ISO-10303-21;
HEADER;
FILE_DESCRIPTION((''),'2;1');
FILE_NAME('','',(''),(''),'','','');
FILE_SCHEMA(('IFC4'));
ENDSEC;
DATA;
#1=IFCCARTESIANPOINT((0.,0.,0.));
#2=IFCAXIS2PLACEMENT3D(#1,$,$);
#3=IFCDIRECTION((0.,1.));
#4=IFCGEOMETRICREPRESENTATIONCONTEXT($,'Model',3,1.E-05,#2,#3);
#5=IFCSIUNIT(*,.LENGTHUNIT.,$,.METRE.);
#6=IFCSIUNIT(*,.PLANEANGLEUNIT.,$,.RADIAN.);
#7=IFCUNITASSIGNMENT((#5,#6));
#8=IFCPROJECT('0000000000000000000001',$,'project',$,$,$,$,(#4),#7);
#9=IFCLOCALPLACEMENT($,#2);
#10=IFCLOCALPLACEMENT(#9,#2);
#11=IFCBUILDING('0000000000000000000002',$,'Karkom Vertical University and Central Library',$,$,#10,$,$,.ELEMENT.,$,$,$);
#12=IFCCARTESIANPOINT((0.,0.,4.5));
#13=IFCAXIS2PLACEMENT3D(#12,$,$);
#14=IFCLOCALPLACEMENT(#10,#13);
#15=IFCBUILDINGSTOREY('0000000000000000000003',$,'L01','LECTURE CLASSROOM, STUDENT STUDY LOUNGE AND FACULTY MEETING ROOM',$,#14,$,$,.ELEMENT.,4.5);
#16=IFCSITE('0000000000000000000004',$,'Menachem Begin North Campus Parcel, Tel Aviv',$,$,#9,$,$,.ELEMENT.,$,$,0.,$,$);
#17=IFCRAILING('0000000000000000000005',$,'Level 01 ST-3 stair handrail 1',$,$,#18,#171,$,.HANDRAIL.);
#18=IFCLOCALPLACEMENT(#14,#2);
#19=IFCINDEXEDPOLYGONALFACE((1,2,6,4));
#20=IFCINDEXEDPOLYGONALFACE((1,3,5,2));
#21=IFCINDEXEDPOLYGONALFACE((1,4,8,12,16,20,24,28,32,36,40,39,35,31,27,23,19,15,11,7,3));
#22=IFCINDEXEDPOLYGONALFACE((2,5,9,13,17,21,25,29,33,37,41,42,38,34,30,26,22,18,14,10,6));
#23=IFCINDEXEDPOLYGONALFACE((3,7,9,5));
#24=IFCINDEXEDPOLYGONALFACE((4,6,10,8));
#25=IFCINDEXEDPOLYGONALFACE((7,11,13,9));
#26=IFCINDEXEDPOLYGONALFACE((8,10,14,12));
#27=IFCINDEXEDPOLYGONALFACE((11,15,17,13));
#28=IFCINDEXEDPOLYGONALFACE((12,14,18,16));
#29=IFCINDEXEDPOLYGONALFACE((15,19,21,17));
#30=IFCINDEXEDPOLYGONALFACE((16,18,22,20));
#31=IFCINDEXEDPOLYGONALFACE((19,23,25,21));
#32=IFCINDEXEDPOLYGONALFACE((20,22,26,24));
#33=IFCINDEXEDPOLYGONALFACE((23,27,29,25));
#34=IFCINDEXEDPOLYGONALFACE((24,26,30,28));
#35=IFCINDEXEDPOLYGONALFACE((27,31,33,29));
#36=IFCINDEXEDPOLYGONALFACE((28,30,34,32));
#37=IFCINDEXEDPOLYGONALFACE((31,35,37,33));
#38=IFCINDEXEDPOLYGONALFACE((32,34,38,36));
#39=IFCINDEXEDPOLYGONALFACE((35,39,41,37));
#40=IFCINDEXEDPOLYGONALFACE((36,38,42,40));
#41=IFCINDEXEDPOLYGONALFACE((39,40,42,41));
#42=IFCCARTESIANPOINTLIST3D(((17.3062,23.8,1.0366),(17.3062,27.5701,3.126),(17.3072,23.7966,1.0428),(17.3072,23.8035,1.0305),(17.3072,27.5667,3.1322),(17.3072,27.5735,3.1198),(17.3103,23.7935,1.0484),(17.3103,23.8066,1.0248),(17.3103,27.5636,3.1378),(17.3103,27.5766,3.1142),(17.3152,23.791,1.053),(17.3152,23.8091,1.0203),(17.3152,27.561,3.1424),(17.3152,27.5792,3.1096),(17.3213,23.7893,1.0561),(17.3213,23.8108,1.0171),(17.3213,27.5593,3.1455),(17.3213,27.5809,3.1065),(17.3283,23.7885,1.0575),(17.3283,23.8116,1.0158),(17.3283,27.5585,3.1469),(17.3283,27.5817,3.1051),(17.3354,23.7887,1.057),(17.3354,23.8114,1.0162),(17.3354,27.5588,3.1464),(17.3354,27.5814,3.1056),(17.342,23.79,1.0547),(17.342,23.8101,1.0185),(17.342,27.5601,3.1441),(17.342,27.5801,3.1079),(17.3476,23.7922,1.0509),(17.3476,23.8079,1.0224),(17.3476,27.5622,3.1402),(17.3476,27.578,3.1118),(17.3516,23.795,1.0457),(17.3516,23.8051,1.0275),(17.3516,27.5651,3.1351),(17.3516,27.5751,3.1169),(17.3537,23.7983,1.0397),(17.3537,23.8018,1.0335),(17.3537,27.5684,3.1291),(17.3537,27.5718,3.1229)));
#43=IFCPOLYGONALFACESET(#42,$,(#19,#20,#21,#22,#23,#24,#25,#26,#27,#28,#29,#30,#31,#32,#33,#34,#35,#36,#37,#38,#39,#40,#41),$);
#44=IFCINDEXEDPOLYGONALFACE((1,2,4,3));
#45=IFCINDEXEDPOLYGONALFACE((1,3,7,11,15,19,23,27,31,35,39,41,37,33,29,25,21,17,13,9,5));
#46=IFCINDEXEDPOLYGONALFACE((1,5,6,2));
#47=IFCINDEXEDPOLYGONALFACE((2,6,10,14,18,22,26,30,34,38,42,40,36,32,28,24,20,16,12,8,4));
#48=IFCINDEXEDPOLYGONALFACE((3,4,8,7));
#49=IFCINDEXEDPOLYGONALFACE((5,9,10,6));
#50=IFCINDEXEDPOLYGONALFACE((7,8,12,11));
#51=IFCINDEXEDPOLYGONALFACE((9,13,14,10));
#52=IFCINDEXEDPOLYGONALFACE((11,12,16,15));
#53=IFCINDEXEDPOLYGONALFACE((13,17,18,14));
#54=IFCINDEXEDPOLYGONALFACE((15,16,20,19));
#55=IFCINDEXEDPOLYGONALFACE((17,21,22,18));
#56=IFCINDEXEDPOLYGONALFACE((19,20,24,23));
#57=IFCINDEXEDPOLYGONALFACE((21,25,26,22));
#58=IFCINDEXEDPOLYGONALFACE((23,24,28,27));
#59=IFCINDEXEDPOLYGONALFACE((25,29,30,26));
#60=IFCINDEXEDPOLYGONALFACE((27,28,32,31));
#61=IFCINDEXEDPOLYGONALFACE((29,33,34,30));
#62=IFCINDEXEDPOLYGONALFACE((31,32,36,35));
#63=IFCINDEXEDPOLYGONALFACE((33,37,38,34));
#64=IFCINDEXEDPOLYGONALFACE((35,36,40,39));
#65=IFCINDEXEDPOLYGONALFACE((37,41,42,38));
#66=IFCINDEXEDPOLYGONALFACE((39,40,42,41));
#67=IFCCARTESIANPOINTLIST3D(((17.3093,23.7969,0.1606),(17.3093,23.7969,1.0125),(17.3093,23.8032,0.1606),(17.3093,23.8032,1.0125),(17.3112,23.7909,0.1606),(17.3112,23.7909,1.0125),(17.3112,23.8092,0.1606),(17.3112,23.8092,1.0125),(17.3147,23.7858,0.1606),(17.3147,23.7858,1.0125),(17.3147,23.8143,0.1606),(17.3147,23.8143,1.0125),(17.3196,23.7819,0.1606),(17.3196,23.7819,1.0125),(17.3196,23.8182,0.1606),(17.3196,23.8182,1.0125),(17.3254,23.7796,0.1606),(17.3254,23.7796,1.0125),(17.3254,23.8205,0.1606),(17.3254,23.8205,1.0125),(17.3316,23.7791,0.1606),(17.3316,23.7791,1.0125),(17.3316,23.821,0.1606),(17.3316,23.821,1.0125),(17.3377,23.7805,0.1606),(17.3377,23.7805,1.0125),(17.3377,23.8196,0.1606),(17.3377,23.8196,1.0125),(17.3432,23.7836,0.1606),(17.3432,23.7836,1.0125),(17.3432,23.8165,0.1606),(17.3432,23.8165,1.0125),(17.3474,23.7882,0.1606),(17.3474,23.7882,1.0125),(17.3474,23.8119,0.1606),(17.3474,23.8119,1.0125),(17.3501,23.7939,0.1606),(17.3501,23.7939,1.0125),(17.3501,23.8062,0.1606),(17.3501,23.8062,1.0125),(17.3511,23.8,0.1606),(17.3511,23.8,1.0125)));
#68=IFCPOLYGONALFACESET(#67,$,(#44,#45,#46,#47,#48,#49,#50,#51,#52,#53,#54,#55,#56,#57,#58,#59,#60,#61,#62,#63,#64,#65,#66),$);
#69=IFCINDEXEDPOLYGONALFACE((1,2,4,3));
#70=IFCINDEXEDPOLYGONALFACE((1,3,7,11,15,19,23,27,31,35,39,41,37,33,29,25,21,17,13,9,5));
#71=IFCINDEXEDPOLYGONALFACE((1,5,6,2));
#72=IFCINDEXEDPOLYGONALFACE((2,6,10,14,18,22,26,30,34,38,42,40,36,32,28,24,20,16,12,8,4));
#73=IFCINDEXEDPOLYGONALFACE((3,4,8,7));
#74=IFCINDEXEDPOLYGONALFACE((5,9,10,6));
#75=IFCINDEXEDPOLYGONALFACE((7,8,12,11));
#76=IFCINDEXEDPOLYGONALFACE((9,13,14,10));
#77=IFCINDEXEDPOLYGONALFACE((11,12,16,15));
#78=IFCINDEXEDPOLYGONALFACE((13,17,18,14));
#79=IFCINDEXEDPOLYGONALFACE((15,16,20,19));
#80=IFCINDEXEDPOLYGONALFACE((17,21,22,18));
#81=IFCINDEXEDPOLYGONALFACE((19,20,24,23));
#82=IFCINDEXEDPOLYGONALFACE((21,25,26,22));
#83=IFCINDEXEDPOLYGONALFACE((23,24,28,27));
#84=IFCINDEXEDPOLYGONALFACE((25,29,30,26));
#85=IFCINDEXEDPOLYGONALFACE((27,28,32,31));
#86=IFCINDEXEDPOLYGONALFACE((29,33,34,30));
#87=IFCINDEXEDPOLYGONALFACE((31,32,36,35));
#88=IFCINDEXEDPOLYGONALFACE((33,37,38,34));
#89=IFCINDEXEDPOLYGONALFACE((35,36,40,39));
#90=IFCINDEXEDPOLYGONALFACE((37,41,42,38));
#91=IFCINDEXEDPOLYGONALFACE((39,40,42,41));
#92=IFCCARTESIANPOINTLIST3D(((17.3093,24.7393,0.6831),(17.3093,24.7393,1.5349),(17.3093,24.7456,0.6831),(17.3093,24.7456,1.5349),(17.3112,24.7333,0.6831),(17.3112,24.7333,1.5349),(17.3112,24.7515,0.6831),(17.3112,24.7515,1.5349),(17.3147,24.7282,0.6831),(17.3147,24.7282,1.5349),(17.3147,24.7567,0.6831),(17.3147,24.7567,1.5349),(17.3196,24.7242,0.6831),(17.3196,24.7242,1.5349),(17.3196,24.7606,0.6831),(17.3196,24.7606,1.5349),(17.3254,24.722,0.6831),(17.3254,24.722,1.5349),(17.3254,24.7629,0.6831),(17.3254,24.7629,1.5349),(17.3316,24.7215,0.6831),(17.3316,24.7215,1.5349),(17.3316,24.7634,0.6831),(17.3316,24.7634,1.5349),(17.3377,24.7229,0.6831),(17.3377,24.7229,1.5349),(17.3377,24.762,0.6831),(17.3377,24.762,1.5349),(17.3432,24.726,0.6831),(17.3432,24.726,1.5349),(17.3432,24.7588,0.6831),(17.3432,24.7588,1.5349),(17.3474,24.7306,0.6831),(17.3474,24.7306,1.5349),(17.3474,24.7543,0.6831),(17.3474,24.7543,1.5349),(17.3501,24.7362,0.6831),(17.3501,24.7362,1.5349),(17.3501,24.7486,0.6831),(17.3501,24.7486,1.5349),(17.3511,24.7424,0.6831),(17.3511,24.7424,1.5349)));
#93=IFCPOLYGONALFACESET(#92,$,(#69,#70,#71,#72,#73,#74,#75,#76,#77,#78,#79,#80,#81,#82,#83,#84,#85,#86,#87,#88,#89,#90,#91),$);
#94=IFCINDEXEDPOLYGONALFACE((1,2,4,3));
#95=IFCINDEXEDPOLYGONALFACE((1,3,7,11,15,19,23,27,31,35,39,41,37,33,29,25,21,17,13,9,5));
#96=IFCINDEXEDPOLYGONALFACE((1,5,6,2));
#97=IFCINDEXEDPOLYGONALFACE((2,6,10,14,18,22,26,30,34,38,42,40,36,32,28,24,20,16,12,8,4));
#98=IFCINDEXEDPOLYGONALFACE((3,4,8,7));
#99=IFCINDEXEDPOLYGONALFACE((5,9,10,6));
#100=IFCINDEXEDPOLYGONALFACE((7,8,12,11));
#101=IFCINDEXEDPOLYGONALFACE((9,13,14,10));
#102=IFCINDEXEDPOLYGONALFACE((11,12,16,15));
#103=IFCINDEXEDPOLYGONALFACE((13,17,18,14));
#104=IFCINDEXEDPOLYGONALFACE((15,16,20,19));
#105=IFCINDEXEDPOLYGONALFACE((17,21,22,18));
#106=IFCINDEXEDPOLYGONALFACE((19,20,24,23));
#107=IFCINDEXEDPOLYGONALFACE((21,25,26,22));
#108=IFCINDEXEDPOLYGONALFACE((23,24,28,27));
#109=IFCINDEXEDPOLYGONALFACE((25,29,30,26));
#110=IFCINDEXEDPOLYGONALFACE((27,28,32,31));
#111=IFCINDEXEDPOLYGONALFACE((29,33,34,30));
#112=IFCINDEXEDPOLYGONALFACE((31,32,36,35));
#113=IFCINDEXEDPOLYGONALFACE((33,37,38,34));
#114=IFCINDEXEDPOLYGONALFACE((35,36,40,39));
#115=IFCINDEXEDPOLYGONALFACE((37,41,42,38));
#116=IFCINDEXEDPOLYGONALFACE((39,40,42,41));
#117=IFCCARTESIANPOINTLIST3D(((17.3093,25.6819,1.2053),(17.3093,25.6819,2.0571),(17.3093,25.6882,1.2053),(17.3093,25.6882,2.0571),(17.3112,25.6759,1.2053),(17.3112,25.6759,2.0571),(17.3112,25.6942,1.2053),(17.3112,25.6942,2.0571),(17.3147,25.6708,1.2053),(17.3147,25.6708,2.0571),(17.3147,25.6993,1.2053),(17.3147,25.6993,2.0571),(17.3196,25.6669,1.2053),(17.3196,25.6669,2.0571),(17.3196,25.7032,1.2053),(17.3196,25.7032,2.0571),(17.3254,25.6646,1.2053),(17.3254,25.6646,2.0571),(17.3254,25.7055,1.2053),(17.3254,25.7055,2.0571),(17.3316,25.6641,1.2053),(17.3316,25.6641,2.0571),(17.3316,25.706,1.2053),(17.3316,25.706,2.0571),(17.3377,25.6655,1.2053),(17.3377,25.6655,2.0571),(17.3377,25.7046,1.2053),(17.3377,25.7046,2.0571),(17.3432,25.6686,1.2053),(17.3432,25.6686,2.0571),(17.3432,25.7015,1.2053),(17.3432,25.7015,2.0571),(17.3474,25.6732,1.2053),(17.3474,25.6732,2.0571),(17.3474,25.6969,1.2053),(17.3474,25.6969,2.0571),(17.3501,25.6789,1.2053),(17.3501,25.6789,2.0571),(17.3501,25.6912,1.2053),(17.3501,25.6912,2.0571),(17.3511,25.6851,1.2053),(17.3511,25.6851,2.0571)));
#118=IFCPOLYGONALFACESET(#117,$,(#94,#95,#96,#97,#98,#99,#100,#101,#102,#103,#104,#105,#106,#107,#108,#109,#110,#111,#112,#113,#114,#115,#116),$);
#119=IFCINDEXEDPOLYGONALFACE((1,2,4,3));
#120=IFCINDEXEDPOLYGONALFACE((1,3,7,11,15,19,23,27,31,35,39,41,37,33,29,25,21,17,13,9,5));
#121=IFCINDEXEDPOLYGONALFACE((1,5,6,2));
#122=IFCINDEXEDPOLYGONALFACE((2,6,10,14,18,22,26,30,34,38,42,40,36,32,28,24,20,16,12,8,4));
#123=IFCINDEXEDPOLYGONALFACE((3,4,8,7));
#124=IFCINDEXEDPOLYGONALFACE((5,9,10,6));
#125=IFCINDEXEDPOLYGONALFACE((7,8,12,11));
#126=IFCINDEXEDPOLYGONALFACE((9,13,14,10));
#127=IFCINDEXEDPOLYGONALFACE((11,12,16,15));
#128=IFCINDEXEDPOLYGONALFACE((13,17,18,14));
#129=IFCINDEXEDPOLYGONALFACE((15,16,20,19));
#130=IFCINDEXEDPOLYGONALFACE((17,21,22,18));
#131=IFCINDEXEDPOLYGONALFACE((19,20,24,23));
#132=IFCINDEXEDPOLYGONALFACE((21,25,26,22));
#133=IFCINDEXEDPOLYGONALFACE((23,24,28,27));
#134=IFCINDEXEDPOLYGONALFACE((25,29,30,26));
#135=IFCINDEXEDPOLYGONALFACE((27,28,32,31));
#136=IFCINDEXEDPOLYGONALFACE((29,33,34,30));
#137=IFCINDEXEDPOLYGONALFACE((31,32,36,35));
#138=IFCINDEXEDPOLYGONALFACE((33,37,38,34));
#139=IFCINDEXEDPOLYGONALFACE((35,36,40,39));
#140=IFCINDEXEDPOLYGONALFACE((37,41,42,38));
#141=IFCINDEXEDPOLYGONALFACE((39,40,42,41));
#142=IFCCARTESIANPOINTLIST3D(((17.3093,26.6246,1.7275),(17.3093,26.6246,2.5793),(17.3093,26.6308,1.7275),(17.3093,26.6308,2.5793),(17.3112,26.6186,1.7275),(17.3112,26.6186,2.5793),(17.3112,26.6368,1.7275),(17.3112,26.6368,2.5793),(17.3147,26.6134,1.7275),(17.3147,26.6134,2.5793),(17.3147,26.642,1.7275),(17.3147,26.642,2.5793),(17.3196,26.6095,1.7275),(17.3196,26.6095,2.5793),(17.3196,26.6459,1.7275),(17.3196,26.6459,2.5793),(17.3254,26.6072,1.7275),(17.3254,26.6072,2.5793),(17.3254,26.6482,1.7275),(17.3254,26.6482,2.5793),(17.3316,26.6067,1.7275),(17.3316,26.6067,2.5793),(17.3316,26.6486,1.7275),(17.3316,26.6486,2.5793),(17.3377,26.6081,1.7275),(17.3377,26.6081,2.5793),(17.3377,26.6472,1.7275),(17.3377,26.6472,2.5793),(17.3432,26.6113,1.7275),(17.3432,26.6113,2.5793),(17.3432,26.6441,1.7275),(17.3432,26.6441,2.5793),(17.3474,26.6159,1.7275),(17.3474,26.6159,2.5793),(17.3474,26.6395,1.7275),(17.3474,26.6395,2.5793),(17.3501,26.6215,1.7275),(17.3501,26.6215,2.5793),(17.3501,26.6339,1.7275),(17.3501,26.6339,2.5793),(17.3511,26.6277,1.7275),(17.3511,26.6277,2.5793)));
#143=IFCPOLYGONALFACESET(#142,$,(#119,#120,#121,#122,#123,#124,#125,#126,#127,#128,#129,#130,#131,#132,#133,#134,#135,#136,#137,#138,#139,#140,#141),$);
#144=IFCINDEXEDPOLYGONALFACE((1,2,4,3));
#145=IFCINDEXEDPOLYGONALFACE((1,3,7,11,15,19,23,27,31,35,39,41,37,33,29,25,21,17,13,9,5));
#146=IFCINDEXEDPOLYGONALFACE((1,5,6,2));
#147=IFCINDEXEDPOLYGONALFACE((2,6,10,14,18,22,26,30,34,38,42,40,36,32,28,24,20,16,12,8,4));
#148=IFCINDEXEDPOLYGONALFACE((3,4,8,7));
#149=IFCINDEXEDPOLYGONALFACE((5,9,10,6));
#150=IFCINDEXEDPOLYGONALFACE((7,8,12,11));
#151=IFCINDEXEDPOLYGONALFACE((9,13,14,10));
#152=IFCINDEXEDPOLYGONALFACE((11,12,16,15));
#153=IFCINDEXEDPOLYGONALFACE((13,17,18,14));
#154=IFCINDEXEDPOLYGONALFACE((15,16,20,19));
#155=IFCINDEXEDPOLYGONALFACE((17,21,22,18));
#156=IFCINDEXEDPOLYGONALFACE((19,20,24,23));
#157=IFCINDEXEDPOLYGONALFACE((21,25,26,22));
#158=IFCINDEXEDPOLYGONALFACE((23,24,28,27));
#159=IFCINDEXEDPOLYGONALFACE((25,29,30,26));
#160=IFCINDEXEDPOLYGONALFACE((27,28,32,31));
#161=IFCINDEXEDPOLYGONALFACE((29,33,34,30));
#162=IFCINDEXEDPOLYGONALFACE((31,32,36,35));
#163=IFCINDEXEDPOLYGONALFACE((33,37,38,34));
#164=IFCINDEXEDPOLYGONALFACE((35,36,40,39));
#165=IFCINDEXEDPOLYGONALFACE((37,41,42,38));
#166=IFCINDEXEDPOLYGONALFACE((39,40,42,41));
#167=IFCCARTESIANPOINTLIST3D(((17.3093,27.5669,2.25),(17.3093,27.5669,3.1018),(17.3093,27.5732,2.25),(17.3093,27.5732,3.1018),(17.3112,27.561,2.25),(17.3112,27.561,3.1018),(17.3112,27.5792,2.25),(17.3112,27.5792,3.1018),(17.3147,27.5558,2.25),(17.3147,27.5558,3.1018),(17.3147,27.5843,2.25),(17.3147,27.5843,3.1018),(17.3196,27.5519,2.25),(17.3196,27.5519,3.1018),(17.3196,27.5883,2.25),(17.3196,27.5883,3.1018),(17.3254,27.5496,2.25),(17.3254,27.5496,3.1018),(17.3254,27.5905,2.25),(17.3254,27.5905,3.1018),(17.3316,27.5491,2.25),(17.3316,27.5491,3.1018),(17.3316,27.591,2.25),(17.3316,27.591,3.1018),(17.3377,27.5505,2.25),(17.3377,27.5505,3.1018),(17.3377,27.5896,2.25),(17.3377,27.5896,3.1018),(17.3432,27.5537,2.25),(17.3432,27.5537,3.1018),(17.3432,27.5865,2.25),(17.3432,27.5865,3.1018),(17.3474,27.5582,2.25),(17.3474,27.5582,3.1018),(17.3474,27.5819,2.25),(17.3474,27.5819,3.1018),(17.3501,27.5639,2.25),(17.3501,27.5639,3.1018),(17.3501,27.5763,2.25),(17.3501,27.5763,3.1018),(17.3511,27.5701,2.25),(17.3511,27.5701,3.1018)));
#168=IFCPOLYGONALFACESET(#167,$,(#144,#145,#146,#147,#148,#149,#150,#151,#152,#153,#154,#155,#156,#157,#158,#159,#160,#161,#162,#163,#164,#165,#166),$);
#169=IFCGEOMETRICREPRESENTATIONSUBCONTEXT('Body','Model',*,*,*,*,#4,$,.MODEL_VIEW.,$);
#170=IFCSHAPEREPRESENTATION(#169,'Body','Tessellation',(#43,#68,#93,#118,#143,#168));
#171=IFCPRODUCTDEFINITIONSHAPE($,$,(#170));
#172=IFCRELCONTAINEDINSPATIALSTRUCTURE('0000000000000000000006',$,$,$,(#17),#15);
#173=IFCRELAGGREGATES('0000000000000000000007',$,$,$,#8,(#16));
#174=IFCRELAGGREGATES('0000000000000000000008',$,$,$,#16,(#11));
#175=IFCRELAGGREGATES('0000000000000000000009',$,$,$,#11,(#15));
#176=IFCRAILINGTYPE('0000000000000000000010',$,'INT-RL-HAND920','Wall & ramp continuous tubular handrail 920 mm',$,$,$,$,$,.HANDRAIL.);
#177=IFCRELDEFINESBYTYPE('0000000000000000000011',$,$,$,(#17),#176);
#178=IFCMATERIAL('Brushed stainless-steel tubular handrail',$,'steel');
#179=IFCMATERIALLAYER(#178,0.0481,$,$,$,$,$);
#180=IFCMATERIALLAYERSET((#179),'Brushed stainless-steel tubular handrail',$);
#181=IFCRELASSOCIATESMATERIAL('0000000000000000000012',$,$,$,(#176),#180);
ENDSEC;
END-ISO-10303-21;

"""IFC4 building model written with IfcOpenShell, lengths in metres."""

from ifc_helpers import new_model, si_unit, direction, frame, origin, origin_2d, place, context, subcontext, project, spatial, circle, extrude, material, layer, layer_set, type_object, element, save


model = new_model("IFC4")

# Units and contexts
model_context = context("Model", 3, precision=1e-05, world=origin(), true_north=direction((0.0, 1.0)))
body_context = subcontext(model_context, "Body", "Model", "MODEL_VIEW")
ifc_project = project(units=[si_unit("LENGTHUNIT", "METRE"), si_unit("PLANEANGLEUNIT", "RADIAN")], contexts=[model_context])

# Site, building, storey
site_placement = place(None, origin())
site = spatial("IfcSite", under=ifc_project, at=site_placement, Name="Menachem Begin North Campus Parcel, Tel Aviv", CompositionType="ELEMENT", RefElevation=0.0)
building_placement = place(site_placement, origin())
building = spatial("IfcBuilding", under=site, at=building_placement, Name="Karkom Vertical University and Central Library", CompositionType="ELEMENT")
storey_placement = place(building_placement, frame((0.0, 0.0, 4.5)))
storey = spatial("IfcBuildingStorey", under=building, at=storey_placement, Name="L01", Description="LECTURE CLASSROOM, STUDENT STUDY LOUNGE AND FACULTY MEETING ROOM", CompositionType="ELEMENT", Elevation=4.5)

# Railing
ifc_material_1 = material(Name="Brushed stainless-steel tubular handrail", Category="steel")
ifc_layer_1 = layer(ifc_material_1, 0.0481)
ifc_layer_set_1 = layer_set([ifc_layer_1], Name="Brushed stainless-steel tubular handrail")
railing_type_1 = type_object("IfcRailingType", Name="INT-RL-HAND920", Description="Wall & ramp continuous tubular handrail 920 mm", PredefinedType="HANDRAIL", material=ifc_layer_set_1)
railing_1_placement = place(storey_placement, frame((17.3301, 23.8, 0.1606)))
element("IfcRailing", 1, at=railing_1_placement, inside=storey, type_object=railing_type_1, Name="Level 01 ST-3 stair handrail 1", PredefinedType="HANDRAIL", context=body_context, shape_type="SweptSolid", body=[
    extrude(circle(Radius=0.0239, at=origin_2d()), frame((0.0, 0.0, 0.876), z_axis=(0.0, 0.874659, 0.484739), x_axis=(-1.0, 0.0, 0.0)), (0.0, 0.0, 1.0), 4.3103),
    extrude(circle(Radius=0.021, at=origin_2d()), origin(), (0.0, 0.0, 1.0), 0.8518),
    extrude(circle(Radius=0.021, at=origin_2d()), frame((0.0, 0.9424, 0.5225)), (0.0, 0.0, 1.0), 0.8518),
    extrude(circle(Radius=0.021, at=origin_2d()), frame((0.0, 1.885, 1.0447)), (0.0, 0.0, 1.0), 0.8518),
    extrude(circle(Radius=0.021, at=origin_2d()), frame((0.0, 2.8276, 1.5669)), (0.0, 0.0, 1.0), 0.8518),
    extrude(circle(Radius=0.021, at=origin_2d()), frame((0.0, 3.77, 2.0894)), (0.0, 0.0, 1.0), 0.8518),
])

save(model, "model.ifc")
